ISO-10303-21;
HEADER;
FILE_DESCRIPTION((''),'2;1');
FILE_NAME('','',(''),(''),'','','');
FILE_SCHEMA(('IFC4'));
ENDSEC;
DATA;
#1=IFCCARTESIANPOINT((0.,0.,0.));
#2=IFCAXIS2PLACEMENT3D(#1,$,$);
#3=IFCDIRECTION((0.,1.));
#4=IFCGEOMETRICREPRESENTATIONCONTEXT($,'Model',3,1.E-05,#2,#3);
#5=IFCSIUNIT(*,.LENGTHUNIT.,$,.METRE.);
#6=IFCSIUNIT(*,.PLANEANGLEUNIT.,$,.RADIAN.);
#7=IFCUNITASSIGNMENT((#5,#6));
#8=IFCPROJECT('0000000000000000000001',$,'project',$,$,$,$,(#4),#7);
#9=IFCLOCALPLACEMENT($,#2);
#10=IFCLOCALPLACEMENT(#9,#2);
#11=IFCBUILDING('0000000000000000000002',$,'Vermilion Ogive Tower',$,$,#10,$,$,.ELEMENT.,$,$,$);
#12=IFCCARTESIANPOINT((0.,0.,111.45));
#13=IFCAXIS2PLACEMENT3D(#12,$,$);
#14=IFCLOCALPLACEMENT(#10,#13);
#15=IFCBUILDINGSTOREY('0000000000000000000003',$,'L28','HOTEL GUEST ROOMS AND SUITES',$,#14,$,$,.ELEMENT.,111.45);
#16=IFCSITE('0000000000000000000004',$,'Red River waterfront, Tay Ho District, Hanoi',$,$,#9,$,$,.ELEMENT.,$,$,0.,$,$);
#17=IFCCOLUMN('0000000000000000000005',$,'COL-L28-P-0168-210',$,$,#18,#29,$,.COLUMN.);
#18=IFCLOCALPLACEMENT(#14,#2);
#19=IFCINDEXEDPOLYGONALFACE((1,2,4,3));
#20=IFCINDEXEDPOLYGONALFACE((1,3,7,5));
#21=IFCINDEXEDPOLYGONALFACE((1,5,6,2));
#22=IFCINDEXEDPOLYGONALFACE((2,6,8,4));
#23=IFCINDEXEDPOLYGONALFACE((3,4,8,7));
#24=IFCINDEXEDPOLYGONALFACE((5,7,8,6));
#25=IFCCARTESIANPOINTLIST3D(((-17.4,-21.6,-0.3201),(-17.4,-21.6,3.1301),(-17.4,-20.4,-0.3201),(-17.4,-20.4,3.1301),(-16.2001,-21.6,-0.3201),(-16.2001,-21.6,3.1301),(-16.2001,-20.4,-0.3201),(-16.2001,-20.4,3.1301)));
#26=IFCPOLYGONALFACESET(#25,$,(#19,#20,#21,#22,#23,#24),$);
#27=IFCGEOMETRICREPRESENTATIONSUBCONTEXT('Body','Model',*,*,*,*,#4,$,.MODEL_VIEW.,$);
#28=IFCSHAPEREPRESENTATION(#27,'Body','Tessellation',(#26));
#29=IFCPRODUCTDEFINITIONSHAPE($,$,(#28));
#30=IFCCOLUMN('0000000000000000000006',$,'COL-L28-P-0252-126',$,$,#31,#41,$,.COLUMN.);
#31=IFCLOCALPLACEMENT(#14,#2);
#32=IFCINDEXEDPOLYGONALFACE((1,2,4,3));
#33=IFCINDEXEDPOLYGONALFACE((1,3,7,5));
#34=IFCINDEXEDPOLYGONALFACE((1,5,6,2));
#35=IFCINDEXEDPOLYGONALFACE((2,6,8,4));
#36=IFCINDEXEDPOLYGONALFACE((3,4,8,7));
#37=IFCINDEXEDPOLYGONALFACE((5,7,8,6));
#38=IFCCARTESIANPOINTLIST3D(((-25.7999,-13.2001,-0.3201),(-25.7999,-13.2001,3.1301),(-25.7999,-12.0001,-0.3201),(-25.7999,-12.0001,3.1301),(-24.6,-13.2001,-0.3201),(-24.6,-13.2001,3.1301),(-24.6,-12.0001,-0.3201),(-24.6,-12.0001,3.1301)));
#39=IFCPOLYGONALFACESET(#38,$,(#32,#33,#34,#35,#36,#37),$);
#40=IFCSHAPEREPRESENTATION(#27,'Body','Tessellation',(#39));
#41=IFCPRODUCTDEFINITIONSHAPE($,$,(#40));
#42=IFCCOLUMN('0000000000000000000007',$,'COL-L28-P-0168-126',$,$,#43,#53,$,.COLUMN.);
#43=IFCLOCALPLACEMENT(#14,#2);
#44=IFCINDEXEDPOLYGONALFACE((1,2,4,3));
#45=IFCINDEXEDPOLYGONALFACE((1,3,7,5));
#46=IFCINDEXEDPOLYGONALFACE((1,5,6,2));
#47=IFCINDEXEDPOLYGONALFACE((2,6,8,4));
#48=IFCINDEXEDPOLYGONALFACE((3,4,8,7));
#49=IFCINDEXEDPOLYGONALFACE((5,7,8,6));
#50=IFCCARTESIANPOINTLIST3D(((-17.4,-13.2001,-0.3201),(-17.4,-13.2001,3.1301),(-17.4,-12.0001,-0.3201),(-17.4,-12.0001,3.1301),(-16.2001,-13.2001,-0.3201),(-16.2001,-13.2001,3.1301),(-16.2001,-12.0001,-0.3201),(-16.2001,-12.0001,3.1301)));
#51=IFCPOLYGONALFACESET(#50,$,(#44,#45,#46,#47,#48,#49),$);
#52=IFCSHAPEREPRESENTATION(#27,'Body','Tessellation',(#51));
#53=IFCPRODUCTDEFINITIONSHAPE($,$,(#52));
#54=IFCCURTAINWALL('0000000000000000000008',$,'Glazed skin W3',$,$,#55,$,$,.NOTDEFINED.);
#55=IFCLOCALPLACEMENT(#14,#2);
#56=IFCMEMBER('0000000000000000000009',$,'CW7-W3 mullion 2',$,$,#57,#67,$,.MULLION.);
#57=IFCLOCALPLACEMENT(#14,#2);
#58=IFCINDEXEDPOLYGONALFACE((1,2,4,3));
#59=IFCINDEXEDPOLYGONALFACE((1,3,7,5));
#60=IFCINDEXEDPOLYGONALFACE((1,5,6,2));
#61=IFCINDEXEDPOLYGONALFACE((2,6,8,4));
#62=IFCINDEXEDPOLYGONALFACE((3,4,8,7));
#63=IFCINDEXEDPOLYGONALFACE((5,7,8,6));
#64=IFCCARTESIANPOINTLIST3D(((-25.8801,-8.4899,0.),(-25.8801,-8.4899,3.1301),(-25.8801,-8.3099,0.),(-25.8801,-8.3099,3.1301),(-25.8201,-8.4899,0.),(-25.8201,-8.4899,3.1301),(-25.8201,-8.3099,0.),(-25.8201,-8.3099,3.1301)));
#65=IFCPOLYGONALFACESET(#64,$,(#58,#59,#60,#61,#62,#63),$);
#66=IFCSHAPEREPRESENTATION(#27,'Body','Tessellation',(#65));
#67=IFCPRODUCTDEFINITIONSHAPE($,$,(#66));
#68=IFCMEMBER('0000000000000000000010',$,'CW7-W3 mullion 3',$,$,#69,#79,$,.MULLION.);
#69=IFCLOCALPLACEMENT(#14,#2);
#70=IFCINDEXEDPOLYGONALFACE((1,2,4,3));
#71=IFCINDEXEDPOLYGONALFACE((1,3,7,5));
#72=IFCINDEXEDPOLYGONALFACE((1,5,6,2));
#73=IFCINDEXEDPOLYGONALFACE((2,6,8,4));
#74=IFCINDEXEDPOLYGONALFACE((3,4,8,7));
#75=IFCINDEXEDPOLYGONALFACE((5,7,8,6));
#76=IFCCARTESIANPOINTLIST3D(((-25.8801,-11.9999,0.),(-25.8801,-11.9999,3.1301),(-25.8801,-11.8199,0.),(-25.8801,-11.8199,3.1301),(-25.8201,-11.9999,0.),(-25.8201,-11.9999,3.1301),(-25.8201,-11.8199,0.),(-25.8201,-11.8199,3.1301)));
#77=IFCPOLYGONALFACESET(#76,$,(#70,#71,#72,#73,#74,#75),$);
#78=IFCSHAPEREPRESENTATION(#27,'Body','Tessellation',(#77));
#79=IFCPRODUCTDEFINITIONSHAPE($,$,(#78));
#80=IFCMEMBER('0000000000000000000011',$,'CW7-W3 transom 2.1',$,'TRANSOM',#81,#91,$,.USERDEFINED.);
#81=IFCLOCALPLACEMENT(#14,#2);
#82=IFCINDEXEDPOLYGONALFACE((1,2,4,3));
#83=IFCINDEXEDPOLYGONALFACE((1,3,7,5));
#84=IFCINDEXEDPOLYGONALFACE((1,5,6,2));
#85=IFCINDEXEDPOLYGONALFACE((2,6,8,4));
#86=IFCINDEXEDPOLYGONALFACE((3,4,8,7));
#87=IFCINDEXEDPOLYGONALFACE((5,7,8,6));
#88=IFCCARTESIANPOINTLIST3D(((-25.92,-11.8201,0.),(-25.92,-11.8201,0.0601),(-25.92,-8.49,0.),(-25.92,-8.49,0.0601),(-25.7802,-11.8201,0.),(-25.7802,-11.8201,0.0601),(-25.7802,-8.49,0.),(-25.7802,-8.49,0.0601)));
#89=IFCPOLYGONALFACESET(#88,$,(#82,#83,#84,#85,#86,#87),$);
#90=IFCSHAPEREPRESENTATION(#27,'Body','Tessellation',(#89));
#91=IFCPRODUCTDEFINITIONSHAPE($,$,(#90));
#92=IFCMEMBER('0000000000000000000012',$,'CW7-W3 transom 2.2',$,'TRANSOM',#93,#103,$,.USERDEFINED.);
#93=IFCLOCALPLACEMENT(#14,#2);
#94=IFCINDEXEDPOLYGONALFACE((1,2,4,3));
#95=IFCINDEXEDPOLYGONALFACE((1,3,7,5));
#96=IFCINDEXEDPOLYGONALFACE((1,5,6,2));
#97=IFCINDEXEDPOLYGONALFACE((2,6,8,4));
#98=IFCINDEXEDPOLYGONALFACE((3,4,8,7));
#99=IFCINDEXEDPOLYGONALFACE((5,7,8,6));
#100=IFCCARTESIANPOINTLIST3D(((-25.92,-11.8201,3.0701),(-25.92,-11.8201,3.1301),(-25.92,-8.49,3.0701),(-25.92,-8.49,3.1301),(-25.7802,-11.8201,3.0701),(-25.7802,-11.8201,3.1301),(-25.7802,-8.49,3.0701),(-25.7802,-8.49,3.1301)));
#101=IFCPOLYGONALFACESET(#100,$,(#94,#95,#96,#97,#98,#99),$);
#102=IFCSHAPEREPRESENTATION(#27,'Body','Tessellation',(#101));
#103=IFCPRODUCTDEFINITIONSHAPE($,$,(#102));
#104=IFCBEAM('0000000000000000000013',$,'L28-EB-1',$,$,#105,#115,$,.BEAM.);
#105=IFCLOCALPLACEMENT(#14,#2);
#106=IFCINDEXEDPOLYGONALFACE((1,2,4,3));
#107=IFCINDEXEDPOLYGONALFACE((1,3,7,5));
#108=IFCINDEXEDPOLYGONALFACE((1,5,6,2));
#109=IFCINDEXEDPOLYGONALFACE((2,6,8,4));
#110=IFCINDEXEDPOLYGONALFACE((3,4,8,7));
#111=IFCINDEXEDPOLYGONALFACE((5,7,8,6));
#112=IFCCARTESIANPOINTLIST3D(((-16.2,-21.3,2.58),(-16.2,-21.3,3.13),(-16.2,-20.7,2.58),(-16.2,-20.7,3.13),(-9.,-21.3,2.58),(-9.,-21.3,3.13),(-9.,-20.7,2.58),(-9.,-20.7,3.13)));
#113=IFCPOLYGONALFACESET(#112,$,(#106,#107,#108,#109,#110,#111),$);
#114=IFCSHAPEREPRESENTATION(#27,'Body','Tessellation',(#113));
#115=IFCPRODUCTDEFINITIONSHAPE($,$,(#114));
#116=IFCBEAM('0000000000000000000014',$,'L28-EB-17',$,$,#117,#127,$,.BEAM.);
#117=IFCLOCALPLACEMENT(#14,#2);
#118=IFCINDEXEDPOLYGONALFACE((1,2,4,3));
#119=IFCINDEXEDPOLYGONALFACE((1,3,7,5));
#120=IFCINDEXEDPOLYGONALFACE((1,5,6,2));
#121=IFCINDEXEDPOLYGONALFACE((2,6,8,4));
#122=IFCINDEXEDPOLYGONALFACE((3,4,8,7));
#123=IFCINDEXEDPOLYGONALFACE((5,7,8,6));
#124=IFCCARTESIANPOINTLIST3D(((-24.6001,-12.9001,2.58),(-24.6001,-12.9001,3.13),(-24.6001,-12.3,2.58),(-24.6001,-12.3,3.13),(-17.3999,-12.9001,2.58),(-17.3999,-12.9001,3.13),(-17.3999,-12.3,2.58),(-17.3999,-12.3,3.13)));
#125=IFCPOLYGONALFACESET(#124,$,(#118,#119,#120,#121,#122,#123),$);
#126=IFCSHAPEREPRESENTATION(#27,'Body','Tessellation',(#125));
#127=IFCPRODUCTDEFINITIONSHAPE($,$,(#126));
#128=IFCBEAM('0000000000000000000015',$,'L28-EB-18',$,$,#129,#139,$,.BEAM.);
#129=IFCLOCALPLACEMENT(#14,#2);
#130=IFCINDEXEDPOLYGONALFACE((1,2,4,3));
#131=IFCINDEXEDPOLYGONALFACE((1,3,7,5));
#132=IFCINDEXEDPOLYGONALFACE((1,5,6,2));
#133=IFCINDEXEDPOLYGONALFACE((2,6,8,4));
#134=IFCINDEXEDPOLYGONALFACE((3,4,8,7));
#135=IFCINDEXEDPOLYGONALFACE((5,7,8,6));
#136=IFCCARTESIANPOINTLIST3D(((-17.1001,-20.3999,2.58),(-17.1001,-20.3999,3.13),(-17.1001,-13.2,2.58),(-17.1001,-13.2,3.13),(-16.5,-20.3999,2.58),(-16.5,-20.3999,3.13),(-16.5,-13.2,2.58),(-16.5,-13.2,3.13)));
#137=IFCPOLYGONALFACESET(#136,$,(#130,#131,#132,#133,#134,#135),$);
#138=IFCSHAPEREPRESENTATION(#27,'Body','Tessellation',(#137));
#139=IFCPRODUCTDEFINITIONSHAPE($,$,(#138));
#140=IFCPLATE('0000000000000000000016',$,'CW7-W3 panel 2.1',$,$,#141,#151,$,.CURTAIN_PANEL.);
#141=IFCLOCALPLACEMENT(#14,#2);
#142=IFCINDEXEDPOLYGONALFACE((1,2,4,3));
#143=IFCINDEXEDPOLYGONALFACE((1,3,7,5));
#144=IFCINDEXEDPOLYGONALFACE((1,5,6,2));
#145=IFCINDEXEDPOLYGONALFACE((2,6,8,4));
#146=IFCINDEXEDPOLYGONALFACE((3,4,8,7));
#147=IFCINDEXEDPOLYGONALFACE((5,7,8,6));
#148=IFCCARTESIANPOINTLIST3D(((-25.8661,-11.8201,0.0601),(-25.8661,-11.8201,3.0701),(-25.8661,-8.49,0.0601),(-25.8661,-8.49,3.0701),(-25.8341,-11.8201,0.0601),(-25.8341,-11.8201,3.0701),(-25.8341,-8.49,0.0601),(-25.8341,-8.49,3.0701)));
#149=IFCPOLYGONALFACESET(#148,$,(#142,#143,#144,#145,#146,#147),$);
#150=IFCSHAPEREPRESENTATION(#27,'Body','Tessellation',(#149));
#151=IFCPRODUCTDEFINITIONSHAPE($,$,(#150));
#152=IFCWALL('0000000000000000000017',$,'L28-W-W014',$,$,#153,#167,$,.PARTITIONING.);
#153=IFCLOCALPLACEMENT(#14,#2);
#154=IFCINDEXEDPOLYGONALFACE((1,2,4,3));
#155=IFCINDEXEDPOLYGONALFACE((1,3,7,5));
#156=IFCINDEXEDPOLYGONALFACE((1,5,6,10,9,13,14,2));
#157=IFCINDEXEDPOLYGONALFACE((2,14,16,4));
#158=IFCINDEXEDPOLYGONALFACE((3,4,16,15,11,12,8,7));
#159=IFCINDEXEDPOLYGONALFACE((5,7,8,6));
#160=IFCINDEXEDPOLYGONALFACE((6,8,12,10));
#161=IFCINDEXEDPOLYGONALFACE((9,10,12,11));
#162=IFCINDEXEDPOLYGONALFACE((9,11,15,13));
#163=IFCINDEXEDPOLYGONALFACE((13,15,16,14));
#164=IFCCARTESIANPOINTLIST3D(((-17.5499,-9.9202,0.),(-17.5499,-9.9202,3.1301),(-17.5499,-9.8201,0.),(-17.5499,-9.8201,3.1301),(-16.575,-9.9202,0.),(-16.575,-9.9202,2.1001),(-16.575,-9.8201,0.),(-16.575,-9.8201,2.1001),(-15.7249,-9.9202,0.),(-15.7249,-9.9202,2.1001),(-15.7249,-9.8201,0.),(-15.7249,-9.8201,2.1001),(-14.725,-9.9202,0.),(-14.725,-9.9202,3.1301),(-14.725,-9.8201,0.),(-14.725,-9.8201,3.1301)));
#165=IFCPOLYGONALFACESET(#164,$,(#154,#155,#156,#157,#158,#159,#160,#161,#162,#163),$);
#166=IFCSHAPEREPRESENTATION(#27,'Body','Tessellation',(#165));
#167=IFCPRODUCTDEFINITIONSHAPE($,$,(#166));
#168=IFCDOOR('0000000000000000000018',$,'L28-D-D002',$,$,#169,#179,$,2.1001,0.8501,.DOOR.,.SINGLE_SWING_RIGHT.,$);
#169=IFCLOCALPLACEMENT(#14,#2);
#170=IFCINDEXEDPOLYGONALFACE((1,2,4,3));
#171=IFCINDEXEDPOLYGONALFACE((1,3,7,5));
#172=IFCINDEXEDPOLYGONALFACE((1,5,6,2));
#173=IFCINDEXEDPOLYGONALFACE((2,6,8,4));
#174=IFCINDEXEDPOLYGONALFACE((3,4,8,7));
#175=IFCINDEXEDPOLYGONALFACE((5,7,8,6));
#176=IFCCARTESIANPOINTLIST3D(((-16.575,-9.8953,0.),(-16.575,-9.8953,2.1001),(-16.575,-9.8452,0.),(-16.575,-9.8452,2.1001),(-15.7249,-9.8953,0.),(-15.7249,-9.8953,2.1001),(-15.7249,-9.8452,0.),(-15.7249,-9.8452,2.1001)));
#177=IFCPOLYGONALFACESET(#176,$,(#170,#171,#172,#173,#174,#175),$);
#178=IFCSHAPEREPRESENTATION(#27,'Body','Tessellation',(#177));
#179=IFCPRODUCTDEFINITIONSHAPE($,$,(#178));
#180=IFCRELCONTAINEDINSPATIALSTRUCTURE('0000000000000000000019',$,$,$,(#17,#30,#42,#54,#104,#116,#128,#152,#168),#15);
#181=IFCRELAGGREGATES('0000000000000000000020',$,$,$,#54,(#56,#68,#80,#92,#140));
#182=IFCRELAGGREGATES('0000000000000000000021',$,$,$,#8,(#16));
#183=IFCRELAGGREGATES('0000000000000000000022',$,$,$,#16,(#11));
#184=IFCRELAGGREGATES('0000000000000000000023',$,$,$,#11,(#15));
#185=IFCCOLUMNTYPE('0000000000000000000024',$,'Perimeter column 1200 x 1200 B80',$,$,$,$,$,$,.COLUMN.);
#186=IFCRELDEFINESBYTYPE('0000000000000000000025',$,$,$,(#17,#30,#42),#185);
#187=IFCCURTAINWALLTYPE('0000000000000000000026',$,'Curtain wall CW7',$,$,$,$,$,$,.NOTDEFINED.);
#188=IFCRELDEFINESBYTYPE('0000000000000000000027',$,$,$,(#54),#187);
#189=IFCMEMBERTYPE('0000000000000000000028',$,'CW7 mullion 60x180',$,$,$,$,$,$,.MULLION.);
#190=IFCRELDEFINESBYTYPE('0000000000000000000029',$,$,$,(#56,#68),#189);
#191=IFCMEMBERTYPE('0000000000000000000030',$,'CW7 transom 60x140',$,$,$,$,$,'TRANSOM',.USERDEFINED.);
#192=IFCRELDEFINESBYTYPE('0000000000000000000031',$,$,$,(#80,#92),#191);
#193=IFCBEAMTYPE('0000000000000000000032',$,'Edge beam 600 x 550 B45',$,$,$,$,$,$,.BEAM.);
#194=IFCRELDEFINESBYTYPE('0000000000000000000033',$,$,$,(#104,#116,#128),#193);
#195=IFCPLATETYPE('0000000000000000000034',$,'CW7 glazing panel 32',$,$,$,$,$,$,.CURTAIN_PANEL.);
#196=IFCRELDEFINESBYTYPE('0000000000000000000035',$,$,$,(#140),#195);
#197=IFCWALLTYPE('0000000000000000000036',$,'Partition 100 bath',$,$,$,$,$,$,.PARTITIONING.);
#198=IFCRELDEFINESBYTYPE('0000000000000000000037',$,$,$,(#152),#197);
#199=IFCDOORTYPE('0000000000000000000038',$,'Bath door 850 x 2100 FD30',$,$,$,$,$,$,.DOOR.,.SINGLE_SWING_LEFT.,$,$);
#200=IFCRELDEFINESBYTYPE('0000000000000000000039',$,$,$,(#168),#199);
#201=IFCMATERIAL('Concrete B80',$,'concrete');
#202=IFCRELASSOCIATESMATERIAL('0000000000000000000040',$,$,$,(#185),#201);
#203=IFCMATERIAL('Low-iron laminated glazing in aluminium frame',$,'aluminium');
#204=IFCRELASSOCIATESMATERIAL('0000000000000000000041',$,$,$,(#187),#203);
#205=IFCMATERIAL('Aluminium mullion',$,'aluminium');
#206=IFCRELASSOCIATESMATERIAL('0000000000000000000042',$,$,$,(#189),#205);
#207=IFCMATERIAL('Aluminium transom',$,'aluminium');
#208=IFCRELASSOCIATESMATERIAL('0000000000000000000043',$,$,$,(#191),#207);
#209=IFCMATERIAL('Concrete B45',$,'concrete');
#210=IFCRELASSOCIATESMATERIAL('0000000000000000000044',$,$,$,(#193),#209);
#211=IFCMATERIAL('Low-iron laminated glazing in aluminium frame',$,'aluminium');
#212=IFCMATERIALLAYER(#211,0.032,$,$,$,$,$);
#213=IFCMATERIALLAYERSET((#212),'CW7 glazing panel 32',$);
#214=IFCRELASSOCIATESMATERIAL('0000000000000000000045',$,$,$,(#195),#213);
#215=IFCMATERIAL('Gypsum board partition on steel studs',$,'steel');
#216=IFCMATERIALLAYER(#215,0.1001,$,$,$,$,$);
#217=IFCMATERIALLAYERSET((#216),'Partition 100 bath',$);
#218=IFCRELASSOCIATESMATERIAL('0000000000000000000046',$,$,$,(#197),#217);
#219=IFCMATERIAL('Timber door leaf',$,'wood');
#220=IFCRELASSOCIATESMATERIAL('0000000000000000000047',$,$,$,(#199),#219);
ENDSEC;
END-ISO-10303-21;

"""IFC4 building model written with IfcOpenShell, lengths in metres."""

from ifc_helpers import new_model, si_unit, direction, frame, frame_2d, origin, origin_2d, place, context, subcontext, project, spatial, rectangle, extrude, material, layer, layer_set, material_profile, profile_set, type_object, element, fill, aggregate, save


model = new_model("IFC4")

# Units and contexts
model_context = context("Model", 3, precision=1e-05, world=origin(), true_north=direction((0.0, 1.0)))
body_context = subcontext(model_context, "Body", "Model", "MODEL_VIEW")
ifc_project = project(units=[si_unit("LENGTHUNIT", "METRE"), si_unit("PLANEANGLEUNIT", "RADIAN")], contexts=[model_context])

# Site, building, storey
site_placement = place(None, origin())
site = spatial("IfcSite", under=ifc_project, at=site_placement, Name="Red River waterfront, Tay Ho District, Hanoi", CompositionType="ELEMENT", RefElevation=0.0)
building_placement = place(site_placement, origin())
building = spatial("IfcBuilding", under=site, at=building_placement, Name="Vermilion Ogive Tower", CompositionType="ELEMENT")
storey_placement = place(building_placement, frame((0.0, 0.0, 111.45)))
storey = spatial("IfcBuildingStorey", under=building, at=storey_placement, Name="L28", Description="HOTEL GUEST ROOMS AND SUITES", CompositionType="ELEMENT", Elevation=111.45)

# Columns
ifc_material_1 = material(Name="Concrete B80", Category="concrete")
ifc_material_profile_1 = material_profile(ifc_material_1, rectangle(XDim=1.2, YDim=1.2, at=origin_2d()), Name="1200 x 1200")
ifc_profile_set_1 = profile_set([ifc_material_profile_1], Name="Concrete B80")
column_type = type_object("IfcColumnType", Name="Perimeter column 1200 x 1200 B80", PredefinedType="COLUMN", material=ifc_profile_set_1)
for number, where, z_axis, x_axis, name in (
    (1, (-16.8, -21.0, -0.3201), (0.0, 0.0, 1.0), (1.0, 0.0, 0.0), "COL-L28-P-0168-210"),
    (2, (-25.2, -12.6001, -0.3201), (0.0, 0.0, 1.0), (1.0, 0.0, 0.0), "COL-L28-P-0252-126"),
    (3, (-16.8, -12.6001, -0.3201), (0.0, 0.0, 1.0), (1.0, 0.0, 0.0), "COL-L28-P-0168-126"),
):
    element("IfcColumn", number, at=place(storey_placement, frame(where, z_axis=z_axis, x_axis=x_axis)), inside=storey, type_object=column_type, Name=name, PredefinedType="COLUMN", context=body_context, shape_type="SweptSolid", body=[
        extrude(rectangle(XDim=1.2, YDim=1.2, at=origin_2d()), origin(), (0.0, 0.0, 1.0), 3.4502),
    ])

# Curtain wall, members
ifc_material_2 = material(Name="Low-iron laminated glazing in aluminium frame", Category="aluminium")
curtain_wall_type = type_object("IfcCurtainWallType", Name="Curtain wall CW7", PredefinedType="NOTDEFINED", material=ifc_material_2)
curtain_wall_placement = place(storey_placement, origin())
curtain_wall = element("IfcCurtainWall", 4, at=curtain_wall_placement, inside=storey, type_object=curtain_wall_type, Name="Glazed skin W3", PredefinedType="NOTDEFINED")
ifc_material_3 = material(Name="Aluminium mullion", Category="aluminium")
ifc_material_profile_2 = material_profile(ifc_material_3, rectangle(XDim=0.0601, YDim=0.1799, at=origin_2d()), Name="AL 60x180")
ifc_profile_set_2 = profile_set([ifc_material_profile_2], Name="Aluminium mullion")
member_type_1 = type_object("IfcMemberType", Name="CW7 mullion 60x180", PredefinedType="MULLION", material=ifc_profile_set_2)
member_1_placement = place(storey_placement, frame((-25.8501, -8.3999, 0.0), z_axis=(0.0, 0.0, 1.0), x_axis=(1.0, 0.0, 0.0)))
member_1 = element("IfcMember", 5, at=member_1_placement, type_object=member_type_1, Name="CW7-W3 mullion 2", PredefinedType="MULLION", context=body_context, shape_type="SweptSolid", body=[
    extrude(rectangle(XDim=0.0601, YDim=0.1799, at=origin_2d()), origin(), (0.0, 0.0, 1.0), 3.1301),
])
member_2_placement = place(storey_placement, frame((-25.8501, -11.9099, 0.0), z_axis=(0.0, 0.0, 1.0), x_axis=(1.0, 0.0, 0.0)))
member_2 = element("IfcMember", 6, at=member_2_placement, type_object=member_type_1, Name="CW7-W3 mullion 3", PredefinedType="MULLION", context=body_context, shape_type="SweptSolid", body=[
    extrude(rectangle(XDim=0.0601, YDim=0.1799, at=origin_2d()), origin(), (0.0, 0.0, 1.0), 3.1301),
])
ifc_material_4 = material(Name="Aluminium transom", Category="aluminium")
ifc_material_profile_3 = material_profile(ifc_material_4, rectangle(XDim=0.1399, YDim=0.0601, at=origin_2d()), Name="AL 60x140")
ifc_profile_set_3 = profile_set([ifc_material_profile_3], Name="Aluminium transom")
member_type_2 = type_object("IfcMemberType", Name="CW7 transom 60x140", ElementType="TRANSOM", PredefinedType="USERDEFINED", material=ifc_profile_set_3)
member_3_placement = place(storey_placement, frame((-25.8501, -8.49, 0.03), z_axis=(0.0, -1.0, 0.0), x_axis=(1.0, 0.0, 0.0)))
member_3 = element("IfcMember", 7, at=member_3_placement, type_object=member_type_2, Name="CW7-W3 transom 2.1", ObjectType="TRANSOM", PredefinedType="USERDEFINED", context=body_context, shape_type="SweptSolid", body=[
    extrude(rectangle(XDim=0.1399, YDim=0.0601, at=origin_2d()), origin(), (0.0, 0.0, 1.0), 3.3301),
])
member_4_placement = place(storey_placement, frame((-25.8501, -8.49, 3.1001), z_axis=(0.0, -1.0, 0.0), x_axis=(1.0, 0.0, 0.0)))
member_4 = element("IfcMember", 8, at=member_4_placement, type_object=member_type_2, Name="CW7-W3 transom 2.2", ObjectType="TRANSOM", PredefinedType="USERDEFINED", context=body_context, shape_type="SweptSolid", body=[
    extrude(rectangle(XDim=0.1399, YDim=0.0601, at=origin_2d()), origin(), (0.0, 0.0, 1.0), 3.3301),
])

# Beams
ifc_material_5 = material(Name="Concrete B45", Category="concrete")
ifc_material_profile_4 = material_profile(ifc_material_5, rectangle(XDim=0.6001, YDim=0.55, at=origin_2d()), Name="600 x 550")
ifc_profile_set_4 = profile_set([ifc_material_profile_4], Name="Concrete B45")
beam_type = type_object("IfcBeamType", Name="Edge beam 600 x 550 B45", PredefinedType="BEAM", material=ifc_profile_set_4)
beam_1_placement = place(storey_placement, frame((-16.2, -21.0, 2.855), z_axis=(1.0, 0.0, 0.0), x_axis=(0.0, 1.0, 0.0)))
element("IfcBeam", 9, at=beam_1_placement, inside=storey, type_object=beam_type, Name="L28-EB-1", PredefinedType="BEAM", context=body_context, shape_type="SweptSolid", body=[
    extrude(rectangle(XDim=0.6001, YDim=0.55, at=origin_2d()), origin(), (0.0, 0.0, 1.0), 7.2),
])
beam_2_placement = place(storey_placement, frame((-24.6001, -12.6001, 2.855), z_axis=(1.0, 0.0, 0.0), x_axis=(0.0, 1.0, 0.0)))
element("IfcBeam", 10, at=beam_2_placement, inside=storey, type_object=beam_type, Name="L28-EB-17", PredefinedType="BEAM", context=body_context, shape_type="SweptSolid", body=[
    extrude(rectangle(XDim=0.6001, YDim=0.55, at=origin_2d()), origin(), (0.0, 0.0, 1.0), 7.2002),
])
beam_3_placement = place(storey_placement, frame((-16.8, -13.2, 2.855), z_axis=(0.0, -1.0, 0.0), x_axis=(1.0, 0.0, 0.0)))
element("IfcBeam", 11, at=beam_3_placement, inside=storey, type_object=beam_type, Name="L28-EB-18", PredefinedType="BEAM", context=body_context, shape_type="SweptSolid", body=[
    extrude(rectangle(XDim=0.6001, YDim=0.55, at=origin_2d()), origin(), (0.0, 0.0, 1.0), 7.2),
])

# Plate
ifc_material_6 = material(Name="Low-iron laminated glazing in aluminium frame", Category="aluminium")
ifc_layer_1 = layer(ifc_material_6, 0.032)
ifc_layer_set_1 = layer_set([ifc_layer_1], Name="CW7 glazing panel 32")
plate_type = type_object("IfcPlateType", Name="CW7 glazing panel 32", PredefinedType="CURTAIN_PANEL", material=ifc_layer_set_1)
plate_placement = place(storey_placement, frame((-25.8501, -10.155, 0.0601), z_axis=(0.0, 0.0, 1.0), x_axis=(0.0, -1.0, 0.0)))
plate = element("IfcPlate", 12, at=plate_placement, type_object=plate_type, Name="CW7-W3 panel 2.1", PredefinedType="CURTAIN_PANEL", context=body_context, shape_type="SweptSolid", body=[
    extrude(rectangle(XDim=3.3301, YDim=0.032, at=origin_2d()), origin(), (0.0, 0.0, 1.0), 3.01),
])
aggregate(curtain_wall, [member_1, member_2, member_3, member_4, plate])

# Wall, opening, door
ifc_material_7 = material(Name="Gypsum board partition on steel studs", Category="steel")
ifc_layer_2 = layer(ifc_material_7, 0.1001)
ifc_layer_set_2 = layer_set([ifc_layer_2], Name="Partition 100 bath")
wall_type_1 = type_object("IfcWallType", Name="Partition 100 bath", PredefinedType="PARTITIONING", material=ifc_layer_set_2)
wall_1_placement = place(storey_placement, frame((-17.55, -9.8701, 0.0), z_axis=(0.0, 0.0, 1.0), x_axis=(1.0, 0.0, 0.0)))
wall_1 = element("IfcWall", 13, at=wall_1_placement, inside=storey, type_object=wall_type_1, Name="L28-W-W014", PredefinedType="PARTITIONING", context=body_context, shape_type="SweptSolid", body=[
    extrude(rectangle(XDim=2.825, YDim=0.1001, at=frame_2d((1.4126, 0.0))), origin(), (0.0, 0.0, 1.0), 3.1301),
])
opening_1_placement = place(wall_1_placement, frame((0.9751, 0.0, 0.0)))
opening_1 = element("IfcOpeningElement", 14, at=opening_1_placement, cuts=wall_1, PredefinedType="OPENING", context=body_context, shape_type="SweptSolid", body=[
    extrude(rectangle(XDim=0.8501, YDim=2.1001, at=frame_2d((0.425, 1.05))), frame((0.0, 0.0601, 0.0), z_axis=(0.0, -1.0, 0.0), x_axis=(1.0, 0.0, 0.0)), (0.0, 0.0, 1.0), 0.1201),
])
ifc_material_8 = material(Name="Timber door leaf", Category="wood")
door_type_1 = type_object("IfcDoorType", Name="Bath door 850 x 2100 FD30", OperationType="SINGLE_SWING_LEFT", PredefinedType="DOOR", material=ifc_material_8)
door_1_placement = place(opening_1_placement, origin())
door_1 = element("IfcDoor", 15, at=door_1_placement, inside=storey, type_object=door_type_1, Name="L28-D-D002", OperationType="SINGLE_SWING_RIGHT", OverallHeight=2.1001, OverallWidth=0.8501, PredefinedType="DOOR", context=body_context, shape_type="SweptSolid", body=[
    extrude(rectangle(XDim=0.8501, YDim=2.1001, at=frame_2d((0.425, 1.05))), frame((0.0, 0.0249, 0.0), z_axis=(0.0, -1.0, 0.0), x_axis=(1.0, 0.0, 0.0)), (0.0, 0.0, 1.0), 0.05),
])
fill(opening_1, door_1)

save(model, "model.ifc")
